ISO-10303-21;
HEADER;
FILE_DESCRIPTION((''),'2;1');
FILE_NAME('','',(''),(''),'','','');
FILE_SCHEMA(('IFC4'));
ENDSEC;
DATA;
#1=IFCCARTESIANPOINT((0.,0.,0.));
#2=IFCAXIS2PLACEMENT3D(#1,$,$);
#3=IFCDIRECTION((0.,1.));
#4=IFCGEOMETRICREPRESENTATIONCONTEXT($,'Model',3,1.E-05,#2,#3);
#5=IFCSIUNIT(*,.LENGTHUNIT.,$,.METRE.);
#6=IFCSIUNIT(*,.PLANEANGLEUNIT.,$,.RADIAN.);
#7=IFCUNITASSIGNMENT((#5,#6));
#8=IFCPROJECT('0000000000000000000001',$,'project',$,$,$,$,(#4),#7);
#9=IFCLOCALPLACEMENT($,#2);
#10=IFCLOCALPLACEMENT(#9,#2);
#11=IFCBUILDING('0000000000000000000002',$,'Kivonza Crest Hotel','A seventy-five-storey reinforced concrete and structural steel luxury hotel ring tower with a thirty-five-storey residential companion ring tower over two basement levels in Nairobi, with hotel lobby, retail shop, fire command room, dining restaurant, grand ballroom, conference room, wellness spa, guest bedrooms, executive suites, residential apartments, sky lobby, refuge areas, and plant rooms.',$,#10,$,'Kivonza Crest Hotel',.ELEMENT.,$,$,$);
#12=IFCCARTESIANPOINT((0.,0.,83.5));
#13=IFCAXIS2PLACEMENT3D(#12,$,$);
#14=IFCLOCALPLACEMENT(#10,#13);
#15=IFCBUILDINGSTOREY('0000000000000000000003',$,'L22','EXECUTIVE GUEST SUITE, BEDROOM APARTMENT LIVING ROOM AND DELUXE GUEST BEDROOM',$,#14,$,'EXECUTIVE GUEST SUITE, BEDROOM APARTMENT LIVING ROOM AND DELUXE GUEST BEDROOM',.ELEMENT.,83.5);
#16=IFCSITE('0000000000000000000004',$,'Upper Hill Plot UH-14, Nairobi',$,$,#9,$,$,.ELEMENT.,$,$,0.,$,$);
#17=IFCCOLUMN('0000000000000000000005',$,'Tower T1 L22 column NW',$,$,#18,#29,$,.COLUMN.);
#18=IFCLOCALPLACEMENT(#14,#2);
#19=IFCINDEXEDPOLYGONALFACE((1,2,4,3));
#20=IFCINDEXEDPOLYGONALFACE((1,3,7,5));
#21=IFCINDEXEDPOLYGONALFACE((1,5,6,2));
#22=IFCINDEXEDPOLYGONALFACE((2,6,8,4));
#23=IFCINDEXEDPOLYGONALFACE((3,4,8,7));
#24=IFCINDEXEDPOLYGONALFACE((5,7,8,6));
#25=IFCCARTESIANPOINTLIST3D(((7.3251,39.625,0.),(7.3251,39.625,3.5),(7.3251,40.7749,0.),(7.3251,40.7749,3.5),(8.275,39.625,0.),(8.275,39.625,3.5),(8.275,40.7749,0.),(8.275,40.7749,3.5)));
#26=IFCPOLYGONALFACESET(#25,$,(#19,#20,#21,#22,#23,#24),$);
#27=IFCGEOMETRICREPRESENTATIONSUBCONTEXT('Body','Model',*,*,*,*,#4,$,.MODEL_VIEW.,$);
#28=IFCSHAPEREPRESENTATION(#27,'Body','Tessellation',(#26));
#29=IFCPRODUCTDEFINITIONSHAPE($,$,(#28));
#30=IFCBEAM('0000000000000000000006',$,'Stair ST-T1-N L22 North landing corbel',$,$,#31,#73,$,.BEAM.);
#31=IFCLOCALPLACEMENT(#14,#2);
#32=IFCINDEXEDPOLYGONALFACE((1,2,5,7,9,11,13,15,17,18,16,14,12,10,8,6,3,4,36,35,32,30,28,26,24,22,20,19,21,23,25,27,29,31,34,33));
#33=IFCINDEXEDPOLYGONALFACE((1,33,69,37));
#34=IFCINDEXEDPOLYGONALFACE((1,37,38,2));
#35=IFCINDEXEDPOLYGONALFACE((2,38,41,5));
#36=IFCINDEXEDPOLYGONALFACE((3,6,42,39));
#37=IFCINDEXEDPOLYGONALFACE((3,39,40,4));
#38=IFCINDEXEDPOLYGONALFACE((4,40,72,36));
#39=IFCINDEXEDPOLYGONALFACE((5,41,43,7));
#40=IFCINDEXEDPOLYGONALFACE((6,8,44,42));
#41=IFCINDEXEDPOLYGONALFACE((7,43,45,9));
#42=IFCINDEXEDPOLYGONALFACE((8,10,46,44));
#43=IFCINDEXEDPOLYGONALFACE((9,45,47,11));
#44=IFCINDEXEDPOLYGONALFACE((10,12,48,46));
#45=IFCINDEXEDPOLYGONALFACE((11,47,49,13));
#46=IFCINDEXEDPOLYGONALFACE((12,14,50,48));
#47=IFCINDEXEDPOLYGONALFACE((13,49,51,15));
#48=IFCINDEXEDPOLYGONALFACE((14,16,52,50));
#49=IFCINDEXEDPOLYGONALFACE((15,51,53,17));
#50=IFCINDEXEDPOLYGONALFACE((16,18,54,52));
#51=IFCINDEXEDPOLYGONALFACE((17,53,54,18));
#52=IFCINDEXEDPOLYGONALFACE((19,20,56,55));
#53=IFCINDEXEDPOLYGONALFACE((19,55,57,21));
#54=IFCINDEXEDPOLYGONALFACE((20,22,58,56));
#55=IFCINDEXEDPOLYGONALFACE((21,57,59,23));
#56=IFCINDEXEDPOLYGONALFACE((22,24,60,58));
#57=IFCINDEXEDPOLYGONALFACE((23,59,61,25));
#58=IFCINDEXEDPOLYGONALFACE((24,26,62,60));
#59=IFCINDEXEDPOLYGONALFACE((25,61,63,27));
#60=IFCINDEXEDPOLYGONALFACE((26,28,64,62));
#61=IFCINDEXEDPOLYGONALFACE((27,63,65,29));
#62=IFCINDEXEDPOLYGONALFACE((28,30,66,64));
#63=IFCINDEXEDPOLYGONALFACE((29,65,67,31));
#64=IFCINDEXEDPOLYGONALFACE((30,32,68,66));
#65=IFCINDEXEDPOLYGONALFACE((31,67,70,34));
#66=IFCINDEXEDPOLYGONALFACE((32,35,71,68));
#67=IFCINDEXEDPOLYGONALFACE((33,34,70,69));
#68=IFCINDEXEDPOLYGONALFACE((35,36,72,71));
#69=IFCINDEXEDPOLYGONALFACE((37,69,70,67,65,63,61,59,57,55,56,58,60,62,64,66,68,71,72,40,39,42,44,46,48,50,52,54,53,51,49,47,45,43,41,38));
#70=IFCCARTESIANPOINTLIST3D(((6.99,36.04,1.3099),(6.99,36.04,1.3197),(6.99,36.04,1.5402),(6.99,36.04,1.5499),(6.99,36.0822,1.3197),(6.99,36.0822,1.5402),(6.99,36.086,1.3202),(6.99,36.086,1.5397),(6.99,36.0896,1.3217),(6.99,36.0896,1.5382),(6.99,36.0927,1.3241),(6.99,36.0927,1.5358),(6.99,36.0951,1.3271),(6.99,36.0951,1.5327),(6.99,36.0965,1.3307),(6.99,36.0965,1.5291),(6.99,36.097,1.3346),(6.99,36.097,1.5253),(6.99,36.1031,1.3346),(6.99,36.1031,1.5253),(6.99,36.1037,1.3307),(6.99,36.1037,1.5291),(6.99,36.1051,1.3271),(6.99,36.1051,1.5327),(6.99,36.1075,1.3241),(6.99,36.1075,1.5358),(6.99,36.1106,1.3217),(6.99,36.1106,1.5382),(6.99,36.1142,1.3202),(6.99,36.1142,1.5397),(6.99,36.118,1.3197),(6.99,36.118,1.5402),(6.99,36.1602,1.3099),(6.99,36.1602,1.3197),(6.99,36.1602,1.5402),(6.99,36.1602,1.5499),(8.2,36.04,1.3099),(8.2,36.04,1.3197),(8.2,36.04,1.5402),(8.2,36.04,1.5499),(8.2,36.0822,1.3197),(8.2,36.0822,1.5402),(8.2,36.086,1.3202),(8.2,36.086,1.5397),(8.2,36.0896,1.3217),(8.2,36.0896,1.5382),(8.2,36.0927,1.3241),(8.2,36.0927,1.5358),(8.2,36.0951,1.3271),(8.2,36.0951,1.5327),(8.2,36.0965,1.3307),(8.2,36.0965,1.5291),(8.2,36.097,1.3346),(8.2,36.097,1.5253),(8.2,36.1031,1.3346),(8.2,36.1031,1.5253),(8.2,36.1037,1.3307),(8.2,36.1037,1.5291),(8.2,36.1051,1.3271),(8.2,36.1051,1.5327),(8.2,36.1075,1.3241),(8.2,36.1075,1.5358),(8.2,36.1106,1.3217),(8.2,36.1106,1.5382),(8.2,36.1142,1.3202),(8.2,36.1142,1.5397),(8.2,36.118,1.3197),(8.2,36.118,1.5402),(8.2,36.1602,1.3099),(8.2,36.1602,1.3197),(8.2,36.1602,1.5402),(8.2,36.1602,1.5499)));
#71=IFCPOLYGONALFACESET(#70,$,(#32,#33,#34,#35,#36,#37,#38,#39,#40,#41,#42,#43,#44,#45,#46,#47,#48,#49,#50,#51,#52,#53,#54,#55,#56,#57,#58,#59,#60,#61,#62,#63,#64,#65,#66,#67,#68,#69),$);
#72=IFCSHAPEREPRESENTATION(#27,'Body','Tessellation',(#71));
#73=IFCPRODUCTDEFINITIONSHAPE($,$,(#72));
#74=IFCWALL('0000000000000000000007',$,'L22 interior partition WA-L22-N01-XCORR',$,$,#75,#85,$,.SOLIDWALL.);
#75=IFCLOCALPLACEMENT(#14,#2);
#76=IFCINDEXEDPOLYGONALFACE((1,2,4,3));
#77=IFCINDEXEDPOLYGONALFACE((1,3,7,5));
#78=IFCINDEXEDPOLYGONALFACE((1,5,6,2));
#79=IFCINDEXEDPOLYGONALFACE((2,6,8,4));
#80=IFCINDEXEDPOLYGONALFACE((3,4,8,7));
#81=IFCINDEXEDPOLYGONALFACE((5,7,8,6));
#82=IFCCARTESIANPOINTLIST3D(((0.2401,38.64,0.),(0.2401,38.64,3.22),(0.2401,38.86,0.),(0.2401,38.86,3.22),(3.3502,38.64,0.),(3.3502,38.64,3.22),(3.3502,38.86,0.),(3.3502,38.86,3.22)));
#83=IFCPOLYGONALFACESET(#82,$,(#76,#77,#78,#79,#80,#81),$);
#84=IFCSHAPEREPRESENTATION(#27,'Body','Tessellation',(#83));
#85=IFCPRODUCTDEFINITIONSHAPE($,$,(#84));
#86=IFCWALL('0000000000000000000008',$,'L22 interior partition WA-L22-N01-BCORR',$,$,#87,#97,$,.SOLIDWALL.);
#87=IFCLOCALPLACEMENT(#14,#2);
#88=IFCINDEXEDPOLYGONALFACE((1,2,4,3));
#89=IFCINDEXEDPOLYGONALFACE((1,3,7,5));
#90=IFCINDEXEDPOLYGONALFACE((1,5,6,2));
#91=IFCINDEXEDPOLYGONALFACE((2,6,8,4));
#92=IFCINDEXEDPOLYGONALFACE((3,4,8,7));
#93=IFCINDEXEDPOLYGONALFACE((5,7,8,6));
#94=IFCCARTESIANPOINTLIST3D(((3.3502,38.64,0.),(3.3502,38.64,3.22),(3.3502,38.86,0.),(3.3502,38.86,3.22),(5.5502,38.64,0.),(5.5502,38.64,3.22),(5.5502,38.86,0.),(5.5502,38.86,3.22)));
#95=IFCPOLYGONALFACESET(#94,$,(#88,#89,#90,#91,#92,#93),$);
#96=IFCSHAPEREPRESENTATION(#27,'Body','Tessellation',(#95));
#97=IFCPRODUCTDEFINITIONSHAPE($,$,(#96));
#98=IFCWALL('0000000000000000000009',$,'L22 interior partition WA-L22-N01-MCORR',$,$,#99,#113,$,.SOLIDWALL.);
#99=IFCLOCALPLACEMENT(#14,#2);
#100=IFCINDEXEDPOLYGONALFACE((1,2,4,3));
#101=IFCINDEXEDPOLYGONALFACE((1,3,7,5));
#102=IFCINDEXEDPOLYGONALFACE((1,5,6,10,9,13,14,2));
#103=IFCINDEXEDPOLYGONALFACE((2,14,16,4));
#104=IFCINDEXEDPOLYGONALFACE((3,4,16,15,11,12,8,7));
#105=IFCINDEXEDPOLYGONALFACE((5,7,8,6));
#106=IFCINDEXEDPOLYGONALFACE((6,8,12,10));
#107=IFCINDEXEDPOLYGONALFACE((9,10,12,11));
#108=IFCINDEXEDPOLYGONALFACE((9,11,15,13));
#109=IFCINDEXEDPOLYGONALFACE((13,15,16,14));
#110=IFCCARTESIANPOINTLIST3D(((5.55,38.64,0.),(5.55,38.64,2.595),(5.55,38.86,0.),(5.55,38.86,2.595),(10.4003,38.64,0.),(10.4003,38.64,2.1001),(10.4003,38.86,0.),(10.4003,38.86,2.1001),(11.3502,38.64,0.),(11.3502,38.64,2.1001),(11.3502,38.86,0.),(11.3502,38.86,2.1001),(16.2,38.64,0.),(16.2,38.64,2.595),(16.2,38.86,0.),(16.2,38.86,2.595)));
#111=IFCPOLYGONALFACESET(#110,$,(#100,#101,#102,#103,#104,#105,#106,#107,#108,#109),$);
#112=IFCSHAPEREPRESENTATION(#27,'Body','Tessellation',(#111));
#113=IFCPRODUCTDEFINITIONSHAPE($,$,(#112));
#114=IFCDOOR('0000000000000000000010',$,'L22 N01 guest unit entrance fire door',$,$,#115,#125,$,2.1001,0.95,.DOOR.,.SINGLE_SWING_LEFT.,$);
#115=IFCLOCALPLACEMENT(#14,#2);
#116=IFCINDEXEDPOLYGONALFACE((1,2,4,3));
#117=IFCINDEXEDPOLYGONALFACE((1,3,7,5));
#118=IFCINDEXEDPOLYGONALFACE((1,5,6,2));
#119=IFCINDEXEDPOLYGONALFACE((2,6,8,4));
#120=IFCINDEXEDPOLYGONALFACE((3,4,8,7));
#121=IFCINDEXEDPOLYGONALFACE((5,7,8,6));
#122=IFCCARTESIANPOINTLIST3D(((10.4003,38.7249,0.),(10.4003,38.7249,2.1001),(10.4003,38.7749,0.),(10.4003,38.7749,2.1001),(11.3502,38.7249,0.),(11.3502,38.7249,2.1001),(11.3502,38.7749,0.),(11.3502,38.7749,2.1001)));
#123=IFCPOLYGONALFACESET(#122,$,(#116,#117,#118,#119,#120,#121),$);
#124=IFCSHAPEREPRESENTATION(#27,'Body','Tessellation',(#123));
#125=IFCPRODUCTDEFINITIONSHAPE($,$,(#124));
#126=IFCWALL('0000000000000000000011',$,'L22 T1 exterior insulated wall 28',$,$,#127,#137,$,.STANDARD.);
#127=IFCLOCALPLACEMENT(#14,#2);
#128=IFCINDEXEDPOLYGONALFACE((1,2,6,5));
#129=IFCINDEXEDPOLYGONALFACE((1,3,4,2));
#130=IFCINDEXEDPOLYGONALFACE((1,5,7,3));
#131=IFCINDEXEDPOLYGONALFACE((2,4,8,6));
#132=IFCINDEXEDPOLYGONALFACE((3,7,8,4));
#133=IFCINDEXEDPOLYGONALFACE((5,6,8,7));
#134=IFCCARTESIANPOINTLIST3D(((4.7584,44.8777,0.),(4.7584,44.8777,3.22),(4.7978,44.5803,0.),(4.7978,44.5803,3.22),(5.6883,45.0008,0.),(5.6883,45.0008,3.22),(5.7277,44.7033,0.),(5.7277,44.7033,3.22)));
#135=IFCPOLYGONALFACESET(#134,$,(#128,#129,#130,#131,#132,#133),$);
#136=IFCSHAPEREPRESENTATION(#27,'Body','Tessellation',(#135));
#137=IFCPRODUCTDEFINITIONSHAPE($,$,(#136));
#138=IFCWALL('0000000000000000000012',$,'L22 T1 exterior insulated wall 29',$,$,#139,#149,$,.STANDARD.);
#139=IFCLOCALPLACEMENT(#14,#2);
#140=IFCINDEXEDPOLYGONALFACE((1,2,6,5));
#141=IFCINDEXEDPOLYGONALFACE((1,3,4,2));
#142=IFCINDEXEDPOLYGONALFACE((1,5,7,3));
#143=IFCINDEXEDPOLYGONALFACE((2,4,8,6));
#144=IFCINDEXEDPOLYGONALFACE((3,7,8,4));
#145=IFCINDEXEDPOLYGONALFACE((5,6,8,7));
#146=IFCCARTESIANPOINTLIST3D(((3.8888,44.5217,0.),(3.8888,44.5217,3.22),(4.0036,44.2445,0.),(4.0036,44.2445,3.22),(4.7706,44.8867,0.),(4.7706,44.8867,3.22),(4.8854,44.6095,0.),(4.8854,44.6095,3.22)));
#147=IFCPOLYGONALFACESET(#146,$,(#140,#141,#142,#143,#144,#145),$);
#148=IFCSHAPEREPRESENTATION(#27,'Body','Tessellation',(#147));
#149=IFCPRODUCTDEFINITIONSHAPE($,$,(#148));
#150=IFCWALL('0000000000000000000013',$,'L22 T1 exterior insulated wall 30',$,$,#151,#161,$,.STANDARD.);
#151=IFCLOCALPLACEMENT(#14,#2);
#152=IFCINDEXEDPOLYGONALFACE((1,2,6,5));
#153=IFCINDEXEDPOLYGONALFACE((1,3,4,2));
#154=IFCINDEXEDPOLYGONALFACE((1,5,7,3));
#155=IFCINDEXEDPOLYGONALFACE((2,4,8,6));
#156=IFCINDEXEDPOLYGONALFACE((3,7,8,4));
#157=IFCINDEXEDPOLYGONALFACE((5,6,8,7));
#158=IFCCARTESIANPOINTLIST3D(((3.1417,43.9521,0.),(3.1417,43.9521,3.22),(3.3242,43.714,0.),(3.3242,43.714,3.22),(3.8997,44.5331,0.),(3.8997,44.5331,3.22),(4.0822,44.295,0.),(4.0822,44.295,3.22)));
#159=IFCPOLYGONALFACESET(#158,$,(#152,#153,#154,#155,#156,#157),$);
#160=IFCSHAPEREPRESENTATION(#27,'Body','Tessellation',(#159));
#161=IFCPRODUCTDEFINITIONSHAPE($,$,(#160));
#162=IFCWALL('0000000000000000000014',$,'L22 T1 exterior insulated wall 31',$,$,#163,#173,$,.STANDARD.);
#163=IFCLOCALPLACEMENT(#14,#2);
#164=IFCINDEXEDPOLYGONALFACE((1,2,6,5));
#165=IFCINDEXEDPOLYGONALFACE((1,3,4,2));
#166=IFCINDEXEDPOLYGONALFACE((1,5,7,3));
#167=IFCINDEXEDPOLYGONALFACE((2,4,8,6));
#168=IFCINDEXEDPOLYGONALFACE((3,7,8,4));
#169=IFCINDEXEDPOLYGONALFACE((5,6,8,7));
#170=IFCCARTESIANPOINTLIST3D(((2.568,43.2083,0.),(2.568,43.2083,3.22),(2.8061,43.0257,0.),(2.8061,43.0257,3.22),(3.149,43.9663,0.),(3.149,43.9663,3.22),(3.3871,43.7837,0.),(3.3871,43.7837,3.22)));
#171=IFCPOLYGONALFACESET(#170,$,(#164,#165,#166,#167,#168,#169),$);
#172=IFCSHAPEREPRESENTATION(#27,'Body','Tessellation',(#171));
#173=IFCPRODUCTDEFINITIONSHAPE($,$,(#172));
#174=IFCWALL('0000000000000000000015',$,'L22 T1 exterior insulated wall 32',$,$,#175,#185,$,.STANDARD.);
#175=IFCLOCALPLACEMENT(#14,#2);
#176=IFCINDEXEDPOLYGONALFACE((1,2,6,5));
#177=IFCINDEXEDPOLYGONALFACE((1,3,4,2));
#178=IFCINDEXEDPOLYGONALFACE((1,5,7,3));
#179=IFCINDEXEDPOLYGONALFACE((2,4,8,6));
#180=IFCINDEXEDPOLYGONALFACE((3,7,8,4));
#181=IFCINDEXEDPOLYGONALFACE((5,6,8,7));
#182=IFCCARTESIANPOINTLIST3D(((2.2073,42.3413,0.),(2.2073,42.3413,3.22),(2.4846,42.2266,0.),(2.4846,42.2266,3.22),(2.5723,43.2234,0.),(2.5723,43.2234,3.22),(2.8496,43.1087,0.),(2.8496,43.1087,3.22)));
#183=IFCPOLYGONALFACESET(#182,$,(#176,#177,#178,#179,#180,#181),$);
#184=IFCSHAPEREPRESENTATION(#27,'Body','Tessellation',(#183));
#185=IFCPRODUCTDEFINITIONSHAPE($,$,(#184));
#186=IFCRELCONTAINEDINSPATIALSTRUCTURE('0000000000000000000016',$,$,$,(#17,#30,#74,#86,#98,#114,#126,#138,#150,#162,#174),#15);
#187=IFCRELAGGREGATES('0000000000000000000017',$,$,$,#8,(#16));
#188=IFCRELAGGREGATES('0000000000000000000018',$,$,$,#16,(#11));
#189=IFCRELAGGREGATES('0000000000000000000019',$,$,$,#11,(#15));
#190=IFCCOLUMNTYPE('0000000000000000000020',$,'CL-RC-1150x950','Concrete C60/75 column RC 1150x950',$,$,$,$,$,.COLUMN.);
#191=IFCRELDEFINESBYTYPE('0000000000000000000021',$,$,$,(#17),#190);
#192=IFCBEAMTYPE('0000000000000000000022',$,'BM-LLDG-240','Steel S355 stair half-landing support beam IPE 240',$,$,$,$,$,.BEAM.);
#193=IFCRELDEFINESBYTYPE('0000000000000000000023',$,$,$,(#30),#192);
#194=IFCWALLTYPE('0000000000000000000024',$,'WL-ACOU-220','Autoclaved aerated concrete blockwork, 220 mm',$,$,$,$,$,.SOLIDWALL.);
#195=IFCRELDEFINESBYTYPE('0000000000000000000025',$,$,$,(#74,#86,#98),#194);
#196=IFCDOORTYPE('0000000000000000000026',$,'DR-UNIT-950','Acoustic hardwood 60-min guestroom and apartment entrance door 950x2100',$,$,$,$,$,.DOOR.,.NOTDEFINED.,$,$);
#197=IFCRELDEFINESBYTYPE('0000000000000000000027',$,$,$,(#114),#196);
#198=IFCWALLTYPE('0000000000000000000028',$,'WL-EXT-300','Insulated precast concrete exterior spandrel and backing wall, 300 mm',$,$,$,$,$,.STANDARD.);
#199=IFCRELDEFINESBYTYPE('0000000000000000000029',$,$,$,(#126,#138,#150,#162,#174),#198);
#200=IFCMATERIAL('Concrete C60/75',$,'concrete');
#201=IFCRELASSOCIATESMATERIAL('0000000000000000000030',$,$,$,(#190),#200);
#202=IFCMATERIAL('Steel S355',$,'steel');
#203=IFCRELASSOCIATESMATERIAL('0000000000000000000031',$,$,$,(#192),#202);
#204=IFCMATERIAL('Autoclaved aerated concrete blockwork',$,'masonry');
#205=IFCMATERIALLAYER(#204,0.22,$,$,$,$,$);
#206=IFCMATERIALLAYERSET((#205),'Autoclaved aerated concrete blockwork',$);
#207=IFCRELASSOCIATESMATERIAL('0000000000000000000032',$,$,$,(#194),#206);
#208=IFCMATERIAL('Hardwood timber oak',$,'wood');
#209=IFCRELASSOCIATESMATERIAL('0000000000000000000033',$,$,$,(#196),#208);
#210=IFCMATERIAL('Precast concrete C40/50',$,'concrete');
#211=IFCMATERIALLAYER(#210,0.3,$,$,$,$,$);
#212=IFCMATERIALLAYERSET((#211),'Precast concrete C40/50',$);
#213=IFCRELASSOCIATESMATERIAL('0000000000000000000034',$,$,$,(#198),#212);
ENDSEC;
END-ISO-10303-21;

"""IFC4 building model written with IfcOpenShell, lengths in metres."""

from ifc_helpers import new_model, si_unit, direction, frame, frame_2d, origin, origin_2d, place, context, subcontext, project, spatial, rectangle, i_section, extrude, material, layer, layer_set, material_profile, profile_set, type_object, element, fill, save


model = new_model("IFC4")

# Units and contexts
model_context = context("Model", 3, precision=1e-05, world=origin(), true_north=direction((0.0, 1.0)))
body_context = subcontext(model_context, "Body", "Model", "MODEL_VIEW")
ifc_project = project(units=[si_unit("LENGTHUNIT", "METRE"), si_unit("PLANEANGLEUNIT", "RADIAN")], contexts=[model_context])

# Site, building, storey
site_placement = place(None, origin())
site = spatial("IfcSite", under=ifc_project, at=site_placement, Name="Upper Hill Plot UH-14, Nairobi", CompositionType="ELEMENT", RefElevation=0.0)
building_placement = place(site_placement, origin())
building = spatial("IfcBuilding", under=site, at=building_placement, Name="Kivonza Crest Hotel", Description="A seventy-five-storey reinforced concrete and structural steel luxury hotel ring tower with a thirty-five-storey residential companion ring tower over two basement levels in Nairobi, with hotel lobby, retail shop, fire command room, dining restaurant, grand ballroom, conference room, wellness spa, guest bedrooms, executive suites, residential apartments, sky lobby, refuge areas, and plant rooms.", LongName="Kivonza Crest Hotel", CompositionType="ELEMENT")
storey_placement = place(building_placement, frame((0.0, 0.0, 83.5)))
storey = spatial("IfcBuildingStorey", under=building, at=storey_placement, Name="L22", Description="EXECUTIVE GUEST SUITE, BEDROOM APARTMENT LIVING ROOM AND DELUXE GUEST BEDROOM", LongName="EXECUTIVE GUEST SUITE, BEDROOM APARTMENT LIVING ROOM AND DELUXE GUEST BEDROOM", CompositionType="ELEMENT", Elevation=83.5)

# Column
ifc_material_1 = material(Name="Concrete C60/75", Category="concrete")
ifc_material_profile_1 = material_profile(ifc_material_1, rectangle(XDim=0.95, YDim=1.1499, at=origin_2d()), Name="RC 1150x950")
ifc_profile_set_1 = profile_set([ifc_material_profile_1], Name="Concrete C60/75")
column_type = type_object("IfcColumnType", Name="CL-RC-1150x950", Description="Concrete C60/75 column RC 1150x950", PredefinedType="COLUMN", material=ifc_profile_set_1)
column_placement = place(storey_placement, frame((7.8, 40.2, 0.0), z_axis=(0.0, 0.0, 1.0), x_axis=(1.0, 0.0, 0.0)))
element("IfcColumn", 1, at=column_placement, inside=storey, type_object=column_type, Name="Tower T1 L22 column NW", PredefinedType="COLUMN", context=body_context, shape_type="SweptSolid", body=[
    extrude(rectangle(XDim=0.95, YDim=1.1499, at=origin_2d()), origin(), (0.0, 0.0, 1.0), 3.5),
])

# Beam
ifc_material_2 = material(Name="Steel S355", Category="steel")
ifc_material_profile_2 = material_profile(ifc_material_2, i_section(OverallWidth=0.1201, OverallDepth=0.24, WebThickness=0.0061, FlangeThickness=0.0098, FilletRadius=0.0149, at=origin_2d()), Name="IPE 240")
ifc_profile_set_2 = profile_set([ifc_material_profile_2], Name="Steel S355")
beam_type = type_object("IfcBeamType", Name="BM-LLDG-240", Description="Steel S355 stair half-landing support beam IPE 240", PredefinedType="BEAM", material=ifc_profile_set_2)
beam_placement = place(storey_placement, frame((6.99, 36.1001, 1.4299), z_axis=(1.0, 0.0, 0.0), x_axis=(0.0, 1.0, 0.0)))
element("IfcBeam", 2, at=beam_placement, inside=storey, type_object=beam_type, Name="Stair ST-T1-N L22 North landing corbel", PredefinedType="BEAM", context=body_context, shape_type="SweptSolid", body=[
    extrude(i_section(OverallWidth=0.1201, OverallDepth=0.24, WebThickness=0.0061, FlangeThickness=0.0098, FilletRadius=0.0149, at=origin_2d()), origin(), (0.0, 0.0, 1.0), 1.21),
])

# Walls
ifc_material_3 = material(Name="Autoclaved aerated concrete blockwork", Category="masonry")
ifc_layer_1 = layer(ifc_material_3, 0.22)
ifc_layer_set_1 = layer_set([ifc_layer_1], Name="Autoclaved aerated concrete blockwork")
wall_type_1 = type_object("IfcWallType", Name="WL-ACOU-220", Description="Autoclaved aerated concrete blockwork, 220 mm", PredefinedType="SOLIDWALL", material=ifc_layer_set_1)
wall_1_placement = place(storey_placement, frame((0.24, 38.75, 0.0), z_axis=(0.0, 0.0, 1.0), x_axis=(1.0, 0.0, 0.0)))
element("IfcWall", 3, at=wall_1_placement, inside=storey, type_object=wall_type_1, Name="L22 interior partition WA-L22-N01-XCORR", PredefinedType="SOLIDWALL", context=body_context, shape_type="SweptSolid", body=[
    extrude(rectangle(XDim=3.1101, YDim=0.22, at=frame_2d((1.5552, 0.0))), origin(), (0.0, 0.0, 1.0), 3.22),
])
wall_2_placement = place(storey_placement, frame((3.3501, 38.75, 0.0), z_axis=(0.0, 0.0, 1.0), x_axis=(1.0, 0.0, 0.0)))
element("IfcWall", 4, at=wall_2_placement, inside=storey, type_object=wall_type_1, Name="L22 interior partition WA-L22-N01-BCORR", PredefinedType="SOLIDWALL", context=body_context, shape_type="SweptSolid", body=[
    extrude(rectangle(XDim=2.2, YDim=0.22, at=frame_2d((1.1001, 0.0))), origin(), (0.0, 0.0, 1.0), 3.22),
])

# Wall, opening, door
wall_3_placement = place(storey_placement, frame((5.55, 38.75, 0.0), z_axis=(0.0, 0.0, 1.0), x_axis=(1.0, 0.0, 0.0)))
wall_3 = element("IfcWall", 5, at=wall_3_placement, inside=storey, type_object=wall_type_1, Name="L22 interior partition WA-L22-N01-MCORR", PredefinedType="SOLIDWALL", context=body_context, shape_type="SweptSolid", body=[
    extrude(rectangle(XDim=10.6499, YDim=0.22, at=frame_2d((5.325, 0.0))), origin(), (0.0, 0.0, 1.0), 2.595),
])
opening_1_placement = place(wall_3_placement, frame((4.8501, 0.0, 0.0)))
opening_1 = element("IfcOpeningElement", 6, at=opening_1_placement, cuts=wall_3, PredefinedType="OPENING", context=body_context, shape_type="SweptSolid", body=[
    extrude(rectangle(XDim=0.95, YDim=2.1001, at=frame_2d((0.4751, 1.05))), frame((0.0, 0.1201, 0.0), z_axis=(0.0, -1.0, 0.0), x_axis=(1.0, 0.0, 0.0)), (0.0, 0.0, 1.0), 0.24),
])
ifc_material_4 = material(Name="Hardwood timber oak", Category="wood")
door_type_1 = type_object("IfcDoorType", Name="DR-UNIT-950", Description="Acoustic hardwood 60-min guestroom and apartment entrance door 950x2100", OperationType="NOTDEFINED", PredefinedType="DOOR", material=ifc_material_4)
door_1_placement = place(opening_1_placement, origin())
door_1 = element("IfcDoor", 7, at=door_1_placement, inside=storey, type_object=door_type_1, Name="L22 N01 guest unit entrance fire door", OperationType="SINGLE_SWING_LEFT", OverallHeight=2.1001, OverallWidth=0.95, PredefinedType="DOOR", context=body_context, shape_type="SweptSolid", body=[
    extrude(rectangle(XDim=0.95, YDim=2.1001, at=frame_2d((0.4751, 1.05))), frame((0.0, 0.0249, 0.0), z_axis=(0.0, -1.0, 0.0), x_axis=(1.0, 0.0, 0.0)), (0.0, 0.0, 1.0), 0.05),
])
fill(opening_1, door_1)

# Walls
ifc_material_5 = material(Name="Precast concrete C40/50", Category="concrete")
ifc_layer_2 = layer(ifc_material_5, 0.3)
ifc_layer_set_2 = layer_set([ifc_layer_2], Name="Precast concrete C40/50")
wall_type_2 = type_object("IfcWallType", Name="WL-EXT-300", Description="Insulated precast concrete exterior spandrel and backing wall, 300 mm", PredefinedType="STANDARD", material=ifc_layer_set_2)
wall_4_placement = place(storey_placement, frame((5.708, 44.8521, 0.0), z_axis=(0.0, 0.0, 1.0), x_axis=(-0.991359, -0.131175, 0.0)))
element("IfcWall", 8, at=wall_4_placement, inside=storey, type_object=wall_type_2, Name="L22 T1 exterior insulated wall 28", PredefinedType="STANDARD", context=body_context, shape_type="SweptSolid", body=[
    extrude(rectangle(XDim=0.938, YDim=0.3, at=frame_2d((0.469, 0.0))), origin(), (0.0, 0.0, 1.0), 3.22),
])
wall_5_placement = place(storey_placement, frame((4.8279, 44.748, 0.0), z_axis=(0.0, 0.0, 1.0), x_axis=(-0.923983, -0.382435, 0.0)))
element("IfcWall", 9, at=wall_5_placement, inside=storey, type_object=wall_type_2, Name="L22 T1 exterior insulated wall 29", PredefinedType="STANDARD", context=body_context, shape_type="SweptSolid", body=[
    extrude(rectangle(XDim=0.9543, YDim=0.3, at=frame_2d((0.4771, 0.0))), origin(), (0.0, 0.0, 1.0), 3.22),
])
for number, where, z_axis, x_axis, name in (
    (10, (3.991, 44.4141, 0.0), (0.0, 0.0, 1.0), (-0.793668, -0.608351, 0.0), "L22 T1 exterior insulated wall 30"),
    (11, (3.2681, 43.875, 0.0), (0.0, 0.0, 1.0), (-0.608351, -0.793668, 0.0), "L22 T1 exterior insulated wall 31"),
):
    element("IfcWall", number, at=place(storey_placement, frame(where, z_axis=z_axis, x_axis=x_axis)), inside=storey, type_object=wall_type_2, Name=name, PredefinedType="STANDARD", context=body_context, shape_type="SweptSolid", body=[
        extrude(rectangle(XDim=0.9551, YDim=0.3, at=frame_2d((0.4775, 0.0))), origin(), (0.0, 0.0, 1.0), 3.22),
    ])
wall_6_placement = place(storey_placement, frame((2.7109, 43.166, 0.0), z_axis=(0.0, 0.0, 1.0), x_axis=(-0.382344, -0.92402, 0.0)))
element("IfcWall", 12, at=wall_6_placement, inside=storey, type_object=wall_type_2, Name="L22 T1 exterior insulated wall 32", PredefinedType="STANDARD", context=body_context, shape_type="SweptSolid", body=[
    extrude(rectangle(XDim=0.9546, YDim=0.3, at=frame_2d((0.4773, 0.0))), origin(), (0.0, 0.0, 1.0), 3.22),
])

save(model, "model.ifc")
